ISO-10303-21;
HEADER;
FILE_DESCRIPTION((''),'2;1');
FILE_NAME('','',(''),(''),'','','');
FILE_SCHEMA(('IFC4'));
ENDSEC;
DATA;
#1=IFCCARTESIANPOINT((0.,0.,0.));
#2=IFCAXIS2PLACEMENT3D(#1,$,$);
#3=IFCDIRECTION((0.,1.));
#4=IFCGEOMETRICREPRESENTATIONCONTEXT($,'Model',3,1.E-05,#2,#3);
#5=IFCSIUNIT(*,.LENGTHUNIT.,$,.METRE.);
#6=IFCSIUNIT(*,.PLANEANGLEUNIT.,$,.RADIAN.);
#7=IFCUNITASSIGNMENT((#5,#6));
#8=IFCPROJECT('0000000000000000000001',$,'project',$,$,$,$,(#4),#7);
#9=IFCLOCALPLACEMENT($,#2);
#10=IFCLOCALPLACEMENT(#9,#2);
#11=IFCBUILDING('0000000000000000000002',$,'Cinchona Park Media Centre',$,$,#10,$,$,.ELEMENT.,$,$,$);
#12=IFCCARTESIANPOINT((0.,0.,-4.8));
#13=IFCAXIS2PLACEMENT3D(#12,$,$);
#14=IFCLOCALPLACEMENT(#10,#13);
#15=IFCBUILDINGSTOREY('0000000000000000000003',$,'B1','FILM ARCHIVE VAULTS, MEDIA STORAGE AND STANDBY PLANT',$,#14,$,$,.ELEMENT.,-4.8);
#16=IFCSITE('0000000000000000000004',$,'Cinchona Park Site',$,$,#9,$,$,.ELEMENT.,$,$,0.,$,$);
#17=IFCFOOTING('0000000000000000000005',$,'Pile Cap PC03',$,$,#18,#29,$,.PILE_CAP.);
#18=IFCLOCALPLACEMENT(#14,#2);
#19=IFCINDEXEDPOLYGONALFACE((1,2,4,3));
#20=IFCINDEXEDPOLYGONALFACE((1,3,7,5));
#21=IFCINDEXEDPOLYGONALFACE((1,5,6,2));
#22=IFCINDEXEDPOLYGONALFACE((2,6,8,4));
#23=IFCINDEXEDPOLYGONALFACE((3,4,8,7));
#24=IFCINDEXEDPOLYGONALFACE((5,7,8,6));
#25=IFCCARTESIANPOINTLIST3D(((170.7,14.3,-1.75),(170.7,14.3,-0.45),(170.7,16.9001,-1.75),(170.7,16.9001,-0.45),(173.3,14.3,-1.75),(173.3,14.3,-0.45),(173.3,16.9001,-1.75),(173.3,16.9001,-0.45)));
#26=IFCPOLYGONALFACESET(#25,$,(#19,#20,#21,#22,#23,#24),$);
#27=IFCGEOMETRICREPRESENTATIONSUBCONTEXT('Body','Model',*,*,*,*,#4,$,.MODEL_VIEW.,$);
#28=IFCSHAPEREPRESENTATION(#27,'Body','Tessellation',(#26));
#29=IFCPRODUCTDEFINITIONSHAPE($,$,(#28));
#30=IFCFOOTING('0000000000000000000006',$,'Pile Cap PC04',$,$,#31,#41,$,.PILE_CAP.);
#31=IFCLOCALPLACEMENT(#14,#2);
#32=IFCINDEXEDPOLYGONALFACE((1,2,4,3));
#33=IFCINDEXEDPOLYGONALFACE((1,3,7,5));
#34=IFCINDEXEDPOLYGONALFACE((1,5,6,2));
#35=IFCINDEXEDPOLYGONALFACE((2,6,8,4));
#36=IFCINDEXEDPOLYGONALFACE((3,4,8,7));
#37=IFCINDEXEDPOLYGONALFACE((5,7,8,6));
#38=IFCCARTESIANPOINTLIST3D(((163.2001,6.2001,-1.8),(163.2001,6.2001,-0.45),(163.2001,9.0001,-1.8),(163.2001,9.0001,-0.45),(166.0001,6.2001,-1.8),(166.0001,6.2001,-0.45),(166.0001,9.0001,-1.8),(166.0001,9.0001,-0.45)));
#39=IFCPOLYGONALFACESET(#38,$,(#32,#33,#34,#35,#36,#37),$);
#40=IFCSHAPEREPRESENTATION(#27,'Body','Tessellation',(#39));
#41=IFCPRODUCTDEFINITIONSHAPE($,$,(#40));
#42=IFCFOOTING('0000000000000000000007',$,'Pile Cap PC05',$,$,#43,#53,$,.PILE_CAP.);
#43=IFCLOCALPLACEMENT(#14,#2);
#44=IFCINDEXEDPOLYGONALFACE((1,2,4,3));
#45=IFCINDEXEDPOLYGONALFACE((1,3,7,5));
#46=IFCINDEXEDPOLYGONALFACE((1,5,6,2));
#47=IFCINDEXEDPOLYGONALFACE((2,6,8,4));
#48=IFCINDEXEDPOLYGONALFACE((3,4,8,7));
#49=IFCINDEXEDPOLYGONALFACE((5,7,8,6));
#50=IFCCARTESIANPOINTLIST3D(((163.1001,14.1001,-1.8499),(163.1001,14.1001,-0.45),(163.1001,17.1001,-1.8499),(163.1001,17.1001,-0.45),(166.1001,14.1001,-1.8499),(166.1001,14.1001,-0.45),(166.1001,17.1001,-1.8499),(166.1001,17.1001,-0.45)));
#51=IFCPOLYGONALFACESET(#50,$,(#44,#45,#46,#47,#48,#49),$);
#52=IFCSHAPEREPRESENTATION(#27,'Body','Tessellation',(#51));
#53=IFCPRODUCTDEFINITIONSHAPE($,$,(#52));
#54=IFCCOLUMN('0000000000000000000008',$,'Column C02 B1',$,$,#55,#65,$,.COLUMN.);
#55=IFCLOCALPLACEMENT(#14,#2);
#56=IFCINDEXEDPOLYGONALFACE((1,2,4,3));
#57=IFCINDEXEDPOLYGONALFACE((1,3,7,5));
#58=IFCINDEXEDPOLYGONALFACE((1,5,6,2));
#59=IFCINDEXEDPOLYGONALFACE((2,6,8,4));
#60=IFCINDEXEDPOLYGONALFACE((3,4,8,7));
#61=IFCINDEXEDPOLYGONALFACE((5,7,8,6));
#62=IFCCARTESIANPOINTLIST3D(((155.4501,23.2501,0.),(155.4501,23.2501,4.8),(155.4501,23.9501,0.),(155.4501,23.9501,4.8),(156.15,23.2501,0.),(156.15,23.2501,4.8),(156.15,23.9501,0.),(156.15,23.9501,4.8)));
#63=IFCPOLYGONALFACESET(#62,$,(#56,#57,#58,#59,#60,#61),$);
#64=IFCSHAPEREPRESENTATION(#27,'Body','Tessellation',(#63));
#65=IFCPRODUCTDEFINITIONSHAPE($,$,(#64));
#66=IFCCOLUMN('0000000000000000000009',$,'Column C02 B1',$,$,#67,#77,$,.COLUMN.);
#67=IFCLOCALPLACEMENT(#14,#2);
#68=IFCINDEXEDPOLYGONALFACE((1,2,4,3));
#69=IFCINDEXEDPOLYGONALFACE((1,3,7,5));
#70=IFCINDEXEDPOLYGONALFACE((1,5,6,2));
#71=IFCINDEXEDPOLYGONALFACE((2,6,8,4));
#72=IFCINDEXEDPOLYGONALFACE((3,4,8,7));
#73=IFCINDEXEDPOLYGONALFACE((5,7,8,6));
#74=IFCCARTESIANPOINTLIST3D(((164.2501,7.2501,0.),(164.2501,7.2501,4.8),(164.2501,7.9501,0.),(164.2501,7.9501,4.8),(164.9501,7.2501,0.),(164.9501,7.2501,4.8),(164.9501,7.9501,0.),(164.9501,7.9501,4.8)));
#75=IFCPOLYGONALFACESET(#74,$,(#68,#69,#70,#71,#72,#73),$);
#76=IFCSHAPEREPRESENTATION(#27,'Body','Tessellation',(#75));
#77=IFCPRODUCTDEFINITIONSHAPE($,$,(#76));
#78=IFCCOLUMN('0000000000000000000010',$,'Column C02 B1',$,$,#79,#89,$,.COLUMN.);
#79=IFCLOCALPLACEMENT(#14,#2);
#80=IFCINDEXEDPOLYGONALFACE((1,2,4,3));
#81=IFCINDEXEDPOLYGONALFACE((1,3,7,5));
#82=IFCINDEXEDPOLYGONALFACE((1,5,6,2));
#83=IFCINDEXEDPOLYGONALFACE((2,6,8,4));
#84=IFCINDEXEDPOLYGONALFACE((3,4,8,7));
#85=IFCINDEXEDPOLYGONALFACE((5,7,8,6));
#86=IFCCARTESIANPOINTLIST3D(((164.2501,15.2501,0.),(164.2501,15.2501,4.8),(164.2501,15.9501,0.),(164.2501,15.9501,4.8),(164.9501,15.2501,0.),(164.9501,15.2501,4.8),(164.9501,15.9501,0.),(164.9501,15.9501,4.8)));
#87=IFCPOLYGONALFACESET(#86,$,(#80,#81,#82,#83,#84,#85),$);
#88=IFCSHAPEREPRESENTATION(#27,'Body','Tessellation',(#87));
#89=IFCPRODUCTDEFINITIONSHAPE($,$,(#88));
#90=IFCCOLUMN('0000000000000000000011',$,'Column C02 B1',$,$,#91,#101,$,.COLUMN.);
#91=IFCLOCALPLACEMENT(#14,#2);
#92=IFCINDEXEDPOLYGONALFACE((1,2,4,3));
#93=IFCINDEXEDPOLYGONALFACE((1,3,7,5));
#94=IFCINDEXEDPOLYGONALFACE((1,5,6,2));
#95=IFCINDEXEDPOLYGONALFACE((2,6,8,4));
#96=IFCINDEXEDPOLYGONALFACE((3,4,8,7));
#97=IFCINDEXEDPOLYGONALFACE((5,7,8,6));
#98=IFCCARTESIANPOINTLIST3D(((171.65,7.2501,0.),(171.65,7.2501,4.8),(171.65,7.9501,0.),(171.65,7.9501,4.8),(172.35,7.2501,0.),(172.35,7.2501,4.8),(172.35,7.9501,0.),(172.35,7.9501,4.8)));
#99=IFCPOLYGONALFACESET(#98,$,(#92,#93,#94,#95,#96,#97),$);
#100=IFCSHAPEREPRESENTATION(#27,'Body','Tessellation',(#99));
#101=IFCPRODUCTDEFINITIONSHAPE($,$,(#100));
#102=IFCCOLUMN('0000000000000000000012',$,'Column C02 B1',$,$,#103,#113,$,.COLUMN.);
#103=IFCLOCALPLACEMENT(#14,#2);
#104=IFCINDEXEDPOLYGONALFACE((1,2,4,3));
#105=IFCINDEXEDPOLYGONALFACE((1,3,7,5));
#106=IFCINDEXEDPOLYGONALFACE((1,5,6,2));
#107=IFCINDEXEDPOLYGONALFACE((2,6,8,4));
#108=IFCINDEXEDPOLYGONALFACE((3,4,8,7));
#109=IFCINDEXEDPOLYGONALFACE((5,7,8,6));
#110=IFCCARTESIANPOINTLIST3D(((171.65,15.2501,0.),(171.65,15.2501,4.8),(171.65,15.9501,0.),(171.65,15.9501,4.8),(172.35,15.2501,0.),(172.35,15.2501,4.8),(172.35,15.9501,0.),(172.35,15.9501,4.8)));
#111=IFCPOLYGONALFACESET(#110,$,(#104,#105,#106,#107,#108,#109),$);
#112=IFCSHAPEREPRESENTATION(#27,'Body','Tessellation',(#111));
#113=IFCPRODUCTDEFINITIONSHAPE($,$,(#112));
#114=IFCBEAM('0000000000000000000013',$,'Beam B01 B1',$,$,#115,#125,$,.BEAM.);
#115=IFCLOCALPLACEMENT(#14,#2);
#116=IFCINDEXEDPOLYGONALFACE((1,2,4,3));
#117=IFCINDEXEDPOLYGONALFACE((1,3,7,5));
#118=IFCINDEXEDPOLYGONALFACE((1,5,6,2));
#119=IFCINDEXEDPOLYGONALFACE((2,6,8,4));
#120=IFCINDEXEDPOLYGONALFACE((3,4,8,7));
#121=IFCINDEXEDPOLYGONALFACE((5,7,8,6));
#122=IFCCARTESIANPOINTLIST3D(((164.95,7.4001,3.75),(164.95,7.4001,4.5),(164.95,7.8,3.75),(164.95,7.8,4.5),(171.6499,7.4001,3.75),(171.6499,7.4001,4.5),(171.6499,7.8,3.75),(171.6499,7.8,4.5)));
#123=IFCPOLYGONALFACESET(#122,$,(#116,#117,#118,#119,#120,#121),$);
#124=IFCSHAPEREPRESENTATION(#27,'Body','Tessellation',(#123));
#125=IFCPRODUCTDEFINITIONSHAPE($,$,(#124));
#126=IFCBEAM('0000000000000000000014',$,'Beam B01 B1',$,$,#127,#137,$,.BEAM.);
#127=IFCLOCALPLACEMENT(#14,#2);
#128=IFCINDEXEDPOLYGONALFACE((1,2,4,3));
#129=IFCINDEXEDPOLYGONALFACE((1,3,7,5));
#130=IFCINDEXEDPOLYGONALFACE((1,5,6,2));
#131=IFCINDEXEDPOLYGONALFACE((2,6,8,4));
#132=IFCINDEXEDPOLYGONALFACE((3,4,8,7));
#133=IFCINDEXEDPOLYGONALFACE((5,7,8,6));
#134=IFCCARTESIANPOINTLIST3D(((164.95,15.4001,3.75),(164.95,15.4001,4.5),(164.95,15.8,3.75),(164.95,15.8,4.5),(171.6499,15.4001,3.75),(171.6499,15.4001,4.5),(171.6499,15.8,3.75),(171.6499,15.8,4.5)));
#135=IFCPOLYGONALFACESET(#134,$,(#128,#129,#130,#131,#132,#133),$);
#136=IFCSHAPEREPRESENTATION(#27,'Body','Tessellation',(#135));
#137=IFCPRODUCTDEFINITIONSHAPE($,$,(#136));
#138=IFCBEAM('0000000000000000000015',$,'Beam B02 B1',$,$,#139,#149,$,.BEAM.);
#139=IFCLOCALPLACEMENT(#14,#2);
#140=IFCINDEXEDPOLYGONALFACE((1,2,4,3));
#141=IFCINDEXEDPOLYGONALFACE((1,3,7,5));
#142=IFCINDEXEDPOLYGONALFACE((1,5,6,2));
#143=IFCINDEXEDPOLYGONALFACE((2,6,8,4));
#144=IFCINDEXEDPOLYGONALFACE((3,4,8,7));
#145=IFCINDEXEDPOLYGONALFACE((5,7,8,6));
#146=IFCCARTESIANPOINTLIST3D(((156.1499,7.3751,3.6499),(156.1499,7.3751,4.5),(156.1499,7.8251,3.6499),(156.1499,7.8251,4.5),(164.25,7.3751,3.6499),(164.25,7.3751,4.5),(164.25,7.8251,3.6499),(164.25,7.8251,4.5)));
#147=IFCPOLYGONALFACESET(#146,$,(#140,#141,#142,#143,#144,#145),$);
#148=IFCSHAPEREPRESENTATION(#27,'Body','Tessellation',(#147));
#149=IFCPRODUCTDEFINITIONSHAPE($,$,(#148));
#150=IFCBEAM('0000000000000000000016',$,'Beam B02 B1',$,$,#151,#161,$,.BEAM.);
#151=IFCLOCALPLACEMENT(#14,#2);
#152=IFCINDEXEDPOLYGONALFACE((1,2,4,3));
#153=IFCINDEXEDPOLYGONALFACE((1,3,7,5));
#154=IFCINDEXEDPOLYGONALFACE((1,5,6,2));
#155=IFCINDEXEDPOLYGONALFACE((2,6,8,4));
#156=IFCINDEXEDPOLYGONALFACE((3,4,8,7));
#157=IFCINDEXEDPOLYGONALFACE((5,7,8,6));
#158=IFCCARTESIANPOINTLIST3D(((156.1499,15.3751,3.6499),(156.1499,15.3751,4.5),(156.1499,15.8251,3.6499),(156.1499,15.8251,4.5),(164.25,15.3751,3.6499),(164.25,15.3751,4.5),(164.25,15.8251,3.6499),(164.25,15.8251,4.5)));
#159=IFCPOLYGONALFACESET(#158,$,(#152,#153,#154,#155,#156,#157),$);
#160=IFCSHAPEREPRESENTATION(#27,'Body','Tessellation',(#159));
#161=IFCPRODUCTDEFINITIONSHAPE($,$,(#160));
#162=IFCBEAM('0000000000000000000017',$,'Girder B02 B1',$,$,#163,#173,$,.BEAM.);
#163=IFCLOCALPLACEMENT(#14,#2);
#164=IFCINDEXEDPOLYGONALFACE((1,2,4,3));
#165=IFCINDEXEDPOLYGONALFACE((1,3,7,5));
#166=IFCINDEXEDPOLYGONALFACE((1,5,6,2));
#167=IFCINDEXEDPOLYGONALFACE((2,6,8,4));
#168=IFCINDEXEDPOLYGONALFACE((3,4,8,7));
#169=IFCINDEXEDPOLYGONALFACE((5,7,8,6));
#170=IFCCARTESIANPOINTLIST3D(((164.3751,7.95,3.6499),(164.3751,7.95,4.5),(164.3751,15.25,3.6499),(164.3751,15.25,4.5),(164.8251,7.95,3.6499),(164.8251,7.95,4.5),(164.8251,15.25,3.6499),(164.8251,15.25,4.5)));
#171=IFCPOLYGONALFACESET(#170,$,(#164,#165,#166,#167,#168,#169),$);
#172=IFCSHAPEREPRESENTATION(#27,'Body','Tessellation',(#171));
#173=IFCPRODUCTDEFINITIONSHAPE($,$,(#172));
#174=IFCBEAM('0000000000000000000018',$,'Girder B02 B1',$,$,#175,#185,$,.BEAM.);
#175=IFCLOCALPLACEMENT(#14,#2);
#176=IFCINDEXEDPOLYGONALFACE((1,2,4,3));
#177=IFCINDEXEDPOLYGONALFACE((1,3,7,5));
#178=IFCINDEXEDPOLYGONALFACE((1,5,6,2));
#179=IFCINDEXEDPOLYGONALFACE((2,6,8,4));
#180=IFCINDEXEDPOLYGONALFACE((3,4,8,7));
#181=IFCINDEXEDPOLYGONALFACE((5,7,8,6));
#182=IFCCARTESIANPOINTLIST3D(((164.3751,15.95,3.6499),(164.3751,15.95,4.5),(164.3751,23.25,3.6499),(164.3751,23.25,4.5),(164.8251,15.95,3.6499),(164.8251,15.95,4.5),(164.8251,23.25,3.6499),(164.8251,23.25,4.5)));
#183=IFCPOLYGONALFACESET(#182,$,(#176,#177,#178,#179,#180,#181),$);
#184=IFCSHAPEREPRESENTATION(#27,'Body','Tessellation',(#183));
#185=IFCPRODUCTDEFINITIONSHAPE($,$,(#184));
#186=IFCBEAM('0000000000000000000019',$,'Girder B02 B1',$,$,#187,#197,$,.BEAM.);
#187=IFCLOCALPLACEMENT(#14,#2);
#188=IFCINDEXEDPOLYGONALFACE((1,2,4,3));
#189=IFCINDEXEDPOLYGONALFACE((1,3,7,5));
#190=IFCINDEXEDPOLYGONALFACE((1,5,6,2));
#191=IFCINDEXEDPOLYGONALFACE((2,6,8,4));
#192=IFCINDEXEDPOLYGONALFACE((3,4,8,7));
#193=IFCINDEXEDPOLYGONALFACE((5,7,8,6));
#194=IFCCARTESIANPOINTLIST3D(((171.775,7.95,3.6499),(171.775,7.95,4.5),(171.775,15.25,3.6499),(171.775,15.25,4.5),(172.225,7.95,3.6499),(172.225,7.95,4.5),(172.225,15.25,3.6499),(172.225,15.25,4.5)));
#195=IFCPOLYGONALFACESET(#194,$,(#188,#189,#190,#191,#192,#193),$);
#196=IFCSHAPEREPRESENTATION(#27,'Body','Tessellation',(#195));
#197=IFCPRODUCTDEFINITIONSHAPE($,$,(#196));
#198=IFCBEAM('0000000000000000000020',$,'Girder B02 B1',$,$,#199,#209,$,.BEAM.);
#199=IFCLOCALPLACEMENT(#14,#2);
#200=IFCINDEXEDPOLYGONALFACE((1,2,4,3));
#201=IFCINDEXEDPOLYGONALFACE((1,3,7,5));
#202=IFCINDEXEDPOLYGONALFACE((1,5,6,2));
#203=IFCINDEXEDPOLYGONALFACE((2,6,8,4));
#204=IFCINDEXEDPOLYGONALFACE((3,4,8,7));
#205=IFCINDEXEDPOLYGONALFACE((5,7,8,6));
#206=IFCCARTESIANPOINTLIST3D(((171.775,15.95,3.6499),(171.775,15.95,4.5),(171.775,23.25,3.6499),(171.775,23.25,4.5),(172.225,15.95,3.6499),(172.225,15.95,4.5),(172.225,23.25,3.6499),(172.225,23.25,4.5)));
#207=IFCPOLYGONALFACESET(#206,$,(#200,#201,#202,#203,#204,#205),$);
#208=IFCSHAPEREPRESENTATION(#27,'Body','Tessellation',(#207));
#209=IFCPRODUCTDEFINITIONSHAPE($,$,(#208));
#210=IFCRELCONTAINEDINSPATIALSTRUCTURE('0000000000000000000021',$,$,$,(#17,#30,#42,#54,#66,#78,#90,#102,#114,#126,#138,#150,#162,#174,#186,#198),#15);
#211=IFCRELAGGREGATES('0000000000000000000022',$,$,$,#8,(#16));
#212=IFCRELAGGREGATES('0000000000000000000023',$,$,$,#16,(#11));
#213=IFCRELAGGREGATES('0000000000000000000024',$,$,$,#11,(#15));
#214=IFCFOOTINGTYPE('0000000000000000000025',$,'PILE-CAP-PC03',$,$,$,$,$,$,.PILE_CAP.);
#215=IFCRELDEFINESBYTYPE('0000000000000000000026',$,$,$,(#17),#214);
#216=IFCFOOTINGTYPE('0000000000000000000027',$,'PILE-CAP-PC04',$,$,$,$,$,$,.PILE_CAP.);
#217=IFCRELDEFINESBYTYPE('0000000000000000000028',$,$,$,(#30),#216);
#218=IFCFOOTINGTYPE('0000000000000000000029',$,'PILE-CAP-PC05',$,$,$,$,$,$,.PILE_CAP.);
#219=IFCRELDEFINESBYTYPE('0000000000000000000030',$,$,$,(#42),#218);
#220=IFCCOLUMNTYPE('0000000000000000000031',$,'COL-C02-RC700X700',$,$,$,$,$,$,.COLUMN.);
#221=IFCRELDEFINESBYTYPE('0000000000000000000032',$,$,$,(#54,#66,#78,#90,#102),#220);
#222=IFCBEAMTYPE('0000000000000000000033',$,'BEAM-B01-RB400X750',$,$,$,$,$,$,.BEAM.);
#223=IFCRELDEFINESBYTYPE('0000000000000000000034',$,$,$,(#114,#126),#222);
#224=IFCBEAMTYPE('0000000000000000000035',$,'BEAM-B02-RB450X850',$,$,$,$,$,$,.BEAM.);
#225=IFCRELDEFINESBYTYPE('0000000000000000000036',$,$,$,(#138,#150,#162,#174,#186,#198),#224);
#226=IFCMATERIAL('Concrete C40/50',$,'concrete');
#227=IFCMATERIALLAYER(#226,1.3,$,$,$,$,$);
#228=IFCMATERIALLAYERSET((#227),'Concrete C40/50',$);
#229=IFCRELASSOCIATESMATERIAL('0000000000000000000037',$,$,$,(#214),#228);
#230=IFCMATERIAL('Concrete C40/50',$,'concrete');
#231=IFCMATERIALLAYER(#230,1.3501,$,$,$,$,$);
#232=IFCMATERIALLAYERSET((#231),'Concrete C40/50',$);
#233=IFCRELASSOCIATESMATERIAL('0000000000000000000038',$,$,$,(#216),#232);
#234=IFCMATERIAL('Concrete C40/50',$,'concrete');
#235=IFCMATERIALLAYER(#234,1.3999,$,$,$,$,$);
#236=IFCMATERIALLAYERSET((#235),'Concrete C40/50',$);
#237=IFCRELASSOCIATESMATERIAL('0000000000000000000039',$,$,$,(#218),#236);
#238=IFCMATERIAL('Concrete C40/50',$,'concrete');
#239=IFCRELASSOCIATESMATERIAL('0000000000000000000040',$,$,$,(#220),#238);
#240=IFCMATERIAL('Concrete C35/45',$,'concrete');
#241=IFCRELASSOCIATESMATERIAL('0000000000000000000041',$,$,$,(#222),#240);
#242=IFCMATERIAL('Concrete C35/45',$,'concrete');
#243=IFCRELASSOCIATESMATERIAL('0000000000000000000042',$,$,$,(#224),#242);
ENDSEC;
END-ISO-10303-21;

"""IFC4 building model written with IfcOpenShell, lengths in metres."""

from ifc_helpers import new_model, si_unit, direction, frame, origin, origin_2d, place, context, subcontext, project, spatial, rectangle, extrude, material, layer, layer_set, material_profile, profile_set, type_object, element, save


model = new_model("IFC4")

# Units and contexts
model_context = context("Model", 3, precision=1e-05, world=origin(), true_north=direction((0.0, 1.0)))
body_context = subcontext(model_context, "Body", "Model", "MODEL_VIEW")
ifc_project = project(units=[si_unit("LENGTHUNIT", "METRE"), si_unit("PLANEANGLEUNIT", "RADIAN")], contexts=[model_context])

# Site, building, storey
site_placement = place(None, origin())
site = spatial("IfcSite", under=ifc_project, at=site_placement, Name="Cinchona Park Site", CompositionType="ELEMENT", RefElevation=0.0)
building_placement = place(site_placement, origin())
building = spatial("IfcBuilding", under=site, at=building_placement, Name="Cinchona Park Media Centre", CompositionType="ELEMENT")
storey_placement = place(building_placement, frame((0.0, 0.0, -4.8)))
storey = spatial("IfcBuildingStorey", under=building, at=storey_placement, Name="B1", Description="FILM ARCHIVE VAULTS, MEDIA STORAGE AND STANDBY PLANT", CompositionType="ELEMENT", Elevation=-4.8)

# Footings
ifc_material_1 = material(Name="Concrete C40/50", Category="concrete")
ifc_layer_1 = layer(ifc_material_1, 1.3)
ifc_layer_set_1 = layer_set([ifc_layer_1], Name="Concrete C40/50")
footing_type_1 = type_object("IfcFootingType", Name="PILE-CAP-PC03", PredefinedType="PILE_CAP", material=ifc_layer_set_1)
for number, where, z_axis, x_axis, name in (
    (1, (172.0, 15.6001, -1.75), (0.0, 0.0, 1.0), (1.0, 0.0, 0.0), "Pile Cap PC03"),
):
    element("IfcFooting", number, at=place(storey_placement, frame(where, z_axis=z_axis, x_axis=x_axis)), inside=storey, type_object=footing_type_1, Name=name, PredefinedType="PILE_CAP", context=body_context, shape_type="SweptSolid", body=[
        extrude(rectangle(XDim=2.6001, YDim=2.6001, at=origin_2d()), origin(), (0.0, 0.0, 1.0), 1.3),
    ])
ifc_material_2 = material(Name="Concrete C40/50", Category="concrete")
ifc_layer_2 = layer(ifc_material_2, 1.3501)
ifc_layer_set_2 = layer_set([ifc_layer_2], Name="Concrete C40/50")
footing_type_2 = type_object("IfcFootingType", Name="PILE-CAP-PC04", PredefinedType="PILE_CAP", material=ifc_layer_set_2)
footing_1_placement = place(storey_placement, frame((164.6001, 7.6001, -1.8), z_axis=(0.0, 0.0, 1.0), x_axis=(1.0, 0.0, 0.0)))
element("IfcFooting", 2, at=footing_1_placement, inside=storey, type_object=footing_type_2, Name="Pile Cap PC04", PredefinedType="PILE_CAP", context=body_context, shape_type="SweptSolid", body=[
    extrude(rectangle(XDim=2.8, YDim=2.8, at=origin_2d()), origin(), (0.0, 0.0, 1.0), 1.3501),
])
ifc_material_3 = material(Name="Concrete C40/50", Category="concrete")
ifc_layer_3 = layer(ifc_material_3, 1.3999)
ifc_layer_set_3 = layer_set([ifc_layer_3], Name="Concrete C40/50")
footing_type_3 = type_object("IfcFootingType", Name="PILE-CAP-PC05", PredefinedType="PILE_CAP", material=ifc_layer_set_3)
footing_2_placement = place(storey_placement, frame((164.6001, 15.6001, -1.8499), z_axis=(0.0, 0.0, 1.0), x_axis=(1.0, 0.0, 0.0)))
element("IfcFooting", 3, at=footing_2_placement, inside=storey, type_object=footing_type_3, Name="Pile Cap PC05", PredefinedType="PILE_CAP", context=body_context, shape_type="SweptSolid", body=[
    extrude(rectangle(XDim=3.0, YDim=3.0, at=origin_2d()), origin(), (0.0, 0.0, 1.0), 1.3999),
])

# Columns
ifc_material_4 = material(Name="Concrete C40/50", Category="concrete")
ifc_material_profile_1 = material_profile(ifc_material_4, rectangle(XDim=0.7, YDim=0.7, at=origin_2d()), Name="RC 700X700")
ifc_profile_set_1 = profile_set([ifc_material_profile_1], Name="Concrete C40/50")
column_type = type_object("IfcColumnType", Name="COL-C02-RC700X700", PredefinedType="COLUMN", material=ifc_profile_set_1)
for number, where, z_axis, x_axis, name in (
    (4, (155.8, 23.6001, 0.0), (0.0, 0.0, 1.0), (1.0, 0.0, 0.0), "Column C02 B1"),
    (5, (164.6001, 7.6001, 0.0), (0.0, 0.0, 1.0), (1.0, 0.0, 0.0), "Column C02 B1"),
    (6, (164.6001, 15.6001, 0.0), (0.0, 0.0, 1.0), (1.0, 0.0, 0.0), "Column C02 B1"),
    (7, (172.0, 7.6001, 0.0), (0.0, 0.0, 1.0), (1.0, 0.0, 0.0), "Column C02 B1"),
    (8, (172.0, 15.6001, 0.0), (0.0, 0.0, 1.0), (1.0, 0.0, 0.0), "Column C02 B1"),
):
    element("IfcColumn", number, at=place(storey_placement, frame(where, z_axis=z_axis, x_axis=x_axis)), inside=storey, type_object=column_type, Name=name, PredefinedType="COLUMN", context=body_context, shape_type="SweptSolid", body=[
        extrude(rectangle(XDim=0.7, YDim=0.7, at=origin_2d()), origin(), (0.0, 0.0, 1.0), 4.8),
    ])

# Beams
ifc_material_5 = material(Name="Concrete C35/45", Category="concrete")
ifc_material_profile_2 = material_profile(ifc_material_5, rectangle(XDim=0.3999, YDim=0.75, at=origin_2d()), Name="RB 400X750")
ifc_profile_set_2 = profile_set([ifc_material_profile_2], Name="Concrete C35/45")
beam_type_1 = type_object("IfcBeamType", Name="BEAM-B01-RB400X750", PredefinedType="BEAM", material=ifc_profile_set_2)
for number, where, z_axis, x_axis, name in (
    (9, (164.95, 7.6001, 4.125), (1.0, 0.0, 0.0), (0.0, 1.0, 0.0), "Beam B01 B1"),
    (10, (164.95, 15.6001, 4.125), (1.0, 0.0, 0.0), (0.0, 1.0, 0.0), "Beam B01 B1"),
):
    element("IfcBeam", number, at=place(storey_placement, frame(where, z_axis=z_axis, x_axis=x_axis)), inside=storey, type_object=beam_type_1, Name=name, PredefinedType="BEAM", context=body_context, shape_type="SweptSolid", body=[
        extrude(rectangle(XDim=0.3999, YDim=0.75, at=origin_2d()), origin(), (0.0, 0.0, 1.0), 6.7),
    ])
ifc_material_6 = material(Name="Concrete C35/45", Category="concrete")
ifc_material_profile_3 = material_profile(ifc_material_6, rectangle(XDim=0.45, YDim=0.8501, at=origin_2d()), Name="RB 450X850")
ifc_profile_set_3 = profile_set([ifc_material_profile_3], Name="Concrete C35/45")
beam_type_2 = type_object("IfcBeamType", Name="BEAM-B02-RB450X850", PredefinedType="BEAM", material=ifc_profile_set_3)
for number, where, z_axis, x_axis, name in (
    (11, (156.1499, 7.6001, 4.075), (1.0, 0.0, 0.0), (0.0, 1.0, 0.0), "Beam B02 B1"),
    (12, (156.1499, 15.6001, 4.075), (1.0, 0.0, 0.0), (0.0, 1.0, 0.0), "Beam B02 B1"),
):
    element("IfcBeam", number, at=place(storey_placement, frame(where, z_axis=z_axis, x_axis=x_axis)), inside=storey, type_object=beam_type_2, Name=name, PredefinedType="BEAM", context=body_context, shape_type="SweptSolid", body=[
        extrude(rectangle(XDim=0.45, YDim=0.8501, at=origin_2d()), origin(), (0.0, 0.0, 1.0), 8.1001),
    ])
for number, where, z_axis, x_axis, name in (
    (13, (164.6001, 7.95, 4.075), (0.0, 1.0, 0.0), (-1.0, 0.0, 0.0), "Girder B02 B1"),
    (14, (164.6001, 15.95, 4.075), (0.0, 1.0, 0.0), (-1.0, 0.0, 0.0), "Girder B02 B1"),
    (15, (172.0, 7.95, 4.075), (0.0, 1.0, 0.0), (-1.0, 0.0, 0.0), "Girder B02 B1"),
    (16, (172.0, 15.95, 4.075), (0.0, 1.0, 0.0), (-1.0, 0.0, 0.0), "Girder B02 B1"),
):
    element("IfcBeam", number, at=place(storey_placement, frame(where, z_axis=z_axis, x_axis=x_axis)), inside=storey, type_object=beam_type_2, Name=name, PredefinedType="BEAM", context=body_context, shape_type="SweptSolid", body=[
        extrude(rectangle(XDim=0.45, YDim=0.8501, at=origin_2d()), origin(), (0.0, 0.0, 1.0), 7.3),
    ])

save(model, "model.ifc")
